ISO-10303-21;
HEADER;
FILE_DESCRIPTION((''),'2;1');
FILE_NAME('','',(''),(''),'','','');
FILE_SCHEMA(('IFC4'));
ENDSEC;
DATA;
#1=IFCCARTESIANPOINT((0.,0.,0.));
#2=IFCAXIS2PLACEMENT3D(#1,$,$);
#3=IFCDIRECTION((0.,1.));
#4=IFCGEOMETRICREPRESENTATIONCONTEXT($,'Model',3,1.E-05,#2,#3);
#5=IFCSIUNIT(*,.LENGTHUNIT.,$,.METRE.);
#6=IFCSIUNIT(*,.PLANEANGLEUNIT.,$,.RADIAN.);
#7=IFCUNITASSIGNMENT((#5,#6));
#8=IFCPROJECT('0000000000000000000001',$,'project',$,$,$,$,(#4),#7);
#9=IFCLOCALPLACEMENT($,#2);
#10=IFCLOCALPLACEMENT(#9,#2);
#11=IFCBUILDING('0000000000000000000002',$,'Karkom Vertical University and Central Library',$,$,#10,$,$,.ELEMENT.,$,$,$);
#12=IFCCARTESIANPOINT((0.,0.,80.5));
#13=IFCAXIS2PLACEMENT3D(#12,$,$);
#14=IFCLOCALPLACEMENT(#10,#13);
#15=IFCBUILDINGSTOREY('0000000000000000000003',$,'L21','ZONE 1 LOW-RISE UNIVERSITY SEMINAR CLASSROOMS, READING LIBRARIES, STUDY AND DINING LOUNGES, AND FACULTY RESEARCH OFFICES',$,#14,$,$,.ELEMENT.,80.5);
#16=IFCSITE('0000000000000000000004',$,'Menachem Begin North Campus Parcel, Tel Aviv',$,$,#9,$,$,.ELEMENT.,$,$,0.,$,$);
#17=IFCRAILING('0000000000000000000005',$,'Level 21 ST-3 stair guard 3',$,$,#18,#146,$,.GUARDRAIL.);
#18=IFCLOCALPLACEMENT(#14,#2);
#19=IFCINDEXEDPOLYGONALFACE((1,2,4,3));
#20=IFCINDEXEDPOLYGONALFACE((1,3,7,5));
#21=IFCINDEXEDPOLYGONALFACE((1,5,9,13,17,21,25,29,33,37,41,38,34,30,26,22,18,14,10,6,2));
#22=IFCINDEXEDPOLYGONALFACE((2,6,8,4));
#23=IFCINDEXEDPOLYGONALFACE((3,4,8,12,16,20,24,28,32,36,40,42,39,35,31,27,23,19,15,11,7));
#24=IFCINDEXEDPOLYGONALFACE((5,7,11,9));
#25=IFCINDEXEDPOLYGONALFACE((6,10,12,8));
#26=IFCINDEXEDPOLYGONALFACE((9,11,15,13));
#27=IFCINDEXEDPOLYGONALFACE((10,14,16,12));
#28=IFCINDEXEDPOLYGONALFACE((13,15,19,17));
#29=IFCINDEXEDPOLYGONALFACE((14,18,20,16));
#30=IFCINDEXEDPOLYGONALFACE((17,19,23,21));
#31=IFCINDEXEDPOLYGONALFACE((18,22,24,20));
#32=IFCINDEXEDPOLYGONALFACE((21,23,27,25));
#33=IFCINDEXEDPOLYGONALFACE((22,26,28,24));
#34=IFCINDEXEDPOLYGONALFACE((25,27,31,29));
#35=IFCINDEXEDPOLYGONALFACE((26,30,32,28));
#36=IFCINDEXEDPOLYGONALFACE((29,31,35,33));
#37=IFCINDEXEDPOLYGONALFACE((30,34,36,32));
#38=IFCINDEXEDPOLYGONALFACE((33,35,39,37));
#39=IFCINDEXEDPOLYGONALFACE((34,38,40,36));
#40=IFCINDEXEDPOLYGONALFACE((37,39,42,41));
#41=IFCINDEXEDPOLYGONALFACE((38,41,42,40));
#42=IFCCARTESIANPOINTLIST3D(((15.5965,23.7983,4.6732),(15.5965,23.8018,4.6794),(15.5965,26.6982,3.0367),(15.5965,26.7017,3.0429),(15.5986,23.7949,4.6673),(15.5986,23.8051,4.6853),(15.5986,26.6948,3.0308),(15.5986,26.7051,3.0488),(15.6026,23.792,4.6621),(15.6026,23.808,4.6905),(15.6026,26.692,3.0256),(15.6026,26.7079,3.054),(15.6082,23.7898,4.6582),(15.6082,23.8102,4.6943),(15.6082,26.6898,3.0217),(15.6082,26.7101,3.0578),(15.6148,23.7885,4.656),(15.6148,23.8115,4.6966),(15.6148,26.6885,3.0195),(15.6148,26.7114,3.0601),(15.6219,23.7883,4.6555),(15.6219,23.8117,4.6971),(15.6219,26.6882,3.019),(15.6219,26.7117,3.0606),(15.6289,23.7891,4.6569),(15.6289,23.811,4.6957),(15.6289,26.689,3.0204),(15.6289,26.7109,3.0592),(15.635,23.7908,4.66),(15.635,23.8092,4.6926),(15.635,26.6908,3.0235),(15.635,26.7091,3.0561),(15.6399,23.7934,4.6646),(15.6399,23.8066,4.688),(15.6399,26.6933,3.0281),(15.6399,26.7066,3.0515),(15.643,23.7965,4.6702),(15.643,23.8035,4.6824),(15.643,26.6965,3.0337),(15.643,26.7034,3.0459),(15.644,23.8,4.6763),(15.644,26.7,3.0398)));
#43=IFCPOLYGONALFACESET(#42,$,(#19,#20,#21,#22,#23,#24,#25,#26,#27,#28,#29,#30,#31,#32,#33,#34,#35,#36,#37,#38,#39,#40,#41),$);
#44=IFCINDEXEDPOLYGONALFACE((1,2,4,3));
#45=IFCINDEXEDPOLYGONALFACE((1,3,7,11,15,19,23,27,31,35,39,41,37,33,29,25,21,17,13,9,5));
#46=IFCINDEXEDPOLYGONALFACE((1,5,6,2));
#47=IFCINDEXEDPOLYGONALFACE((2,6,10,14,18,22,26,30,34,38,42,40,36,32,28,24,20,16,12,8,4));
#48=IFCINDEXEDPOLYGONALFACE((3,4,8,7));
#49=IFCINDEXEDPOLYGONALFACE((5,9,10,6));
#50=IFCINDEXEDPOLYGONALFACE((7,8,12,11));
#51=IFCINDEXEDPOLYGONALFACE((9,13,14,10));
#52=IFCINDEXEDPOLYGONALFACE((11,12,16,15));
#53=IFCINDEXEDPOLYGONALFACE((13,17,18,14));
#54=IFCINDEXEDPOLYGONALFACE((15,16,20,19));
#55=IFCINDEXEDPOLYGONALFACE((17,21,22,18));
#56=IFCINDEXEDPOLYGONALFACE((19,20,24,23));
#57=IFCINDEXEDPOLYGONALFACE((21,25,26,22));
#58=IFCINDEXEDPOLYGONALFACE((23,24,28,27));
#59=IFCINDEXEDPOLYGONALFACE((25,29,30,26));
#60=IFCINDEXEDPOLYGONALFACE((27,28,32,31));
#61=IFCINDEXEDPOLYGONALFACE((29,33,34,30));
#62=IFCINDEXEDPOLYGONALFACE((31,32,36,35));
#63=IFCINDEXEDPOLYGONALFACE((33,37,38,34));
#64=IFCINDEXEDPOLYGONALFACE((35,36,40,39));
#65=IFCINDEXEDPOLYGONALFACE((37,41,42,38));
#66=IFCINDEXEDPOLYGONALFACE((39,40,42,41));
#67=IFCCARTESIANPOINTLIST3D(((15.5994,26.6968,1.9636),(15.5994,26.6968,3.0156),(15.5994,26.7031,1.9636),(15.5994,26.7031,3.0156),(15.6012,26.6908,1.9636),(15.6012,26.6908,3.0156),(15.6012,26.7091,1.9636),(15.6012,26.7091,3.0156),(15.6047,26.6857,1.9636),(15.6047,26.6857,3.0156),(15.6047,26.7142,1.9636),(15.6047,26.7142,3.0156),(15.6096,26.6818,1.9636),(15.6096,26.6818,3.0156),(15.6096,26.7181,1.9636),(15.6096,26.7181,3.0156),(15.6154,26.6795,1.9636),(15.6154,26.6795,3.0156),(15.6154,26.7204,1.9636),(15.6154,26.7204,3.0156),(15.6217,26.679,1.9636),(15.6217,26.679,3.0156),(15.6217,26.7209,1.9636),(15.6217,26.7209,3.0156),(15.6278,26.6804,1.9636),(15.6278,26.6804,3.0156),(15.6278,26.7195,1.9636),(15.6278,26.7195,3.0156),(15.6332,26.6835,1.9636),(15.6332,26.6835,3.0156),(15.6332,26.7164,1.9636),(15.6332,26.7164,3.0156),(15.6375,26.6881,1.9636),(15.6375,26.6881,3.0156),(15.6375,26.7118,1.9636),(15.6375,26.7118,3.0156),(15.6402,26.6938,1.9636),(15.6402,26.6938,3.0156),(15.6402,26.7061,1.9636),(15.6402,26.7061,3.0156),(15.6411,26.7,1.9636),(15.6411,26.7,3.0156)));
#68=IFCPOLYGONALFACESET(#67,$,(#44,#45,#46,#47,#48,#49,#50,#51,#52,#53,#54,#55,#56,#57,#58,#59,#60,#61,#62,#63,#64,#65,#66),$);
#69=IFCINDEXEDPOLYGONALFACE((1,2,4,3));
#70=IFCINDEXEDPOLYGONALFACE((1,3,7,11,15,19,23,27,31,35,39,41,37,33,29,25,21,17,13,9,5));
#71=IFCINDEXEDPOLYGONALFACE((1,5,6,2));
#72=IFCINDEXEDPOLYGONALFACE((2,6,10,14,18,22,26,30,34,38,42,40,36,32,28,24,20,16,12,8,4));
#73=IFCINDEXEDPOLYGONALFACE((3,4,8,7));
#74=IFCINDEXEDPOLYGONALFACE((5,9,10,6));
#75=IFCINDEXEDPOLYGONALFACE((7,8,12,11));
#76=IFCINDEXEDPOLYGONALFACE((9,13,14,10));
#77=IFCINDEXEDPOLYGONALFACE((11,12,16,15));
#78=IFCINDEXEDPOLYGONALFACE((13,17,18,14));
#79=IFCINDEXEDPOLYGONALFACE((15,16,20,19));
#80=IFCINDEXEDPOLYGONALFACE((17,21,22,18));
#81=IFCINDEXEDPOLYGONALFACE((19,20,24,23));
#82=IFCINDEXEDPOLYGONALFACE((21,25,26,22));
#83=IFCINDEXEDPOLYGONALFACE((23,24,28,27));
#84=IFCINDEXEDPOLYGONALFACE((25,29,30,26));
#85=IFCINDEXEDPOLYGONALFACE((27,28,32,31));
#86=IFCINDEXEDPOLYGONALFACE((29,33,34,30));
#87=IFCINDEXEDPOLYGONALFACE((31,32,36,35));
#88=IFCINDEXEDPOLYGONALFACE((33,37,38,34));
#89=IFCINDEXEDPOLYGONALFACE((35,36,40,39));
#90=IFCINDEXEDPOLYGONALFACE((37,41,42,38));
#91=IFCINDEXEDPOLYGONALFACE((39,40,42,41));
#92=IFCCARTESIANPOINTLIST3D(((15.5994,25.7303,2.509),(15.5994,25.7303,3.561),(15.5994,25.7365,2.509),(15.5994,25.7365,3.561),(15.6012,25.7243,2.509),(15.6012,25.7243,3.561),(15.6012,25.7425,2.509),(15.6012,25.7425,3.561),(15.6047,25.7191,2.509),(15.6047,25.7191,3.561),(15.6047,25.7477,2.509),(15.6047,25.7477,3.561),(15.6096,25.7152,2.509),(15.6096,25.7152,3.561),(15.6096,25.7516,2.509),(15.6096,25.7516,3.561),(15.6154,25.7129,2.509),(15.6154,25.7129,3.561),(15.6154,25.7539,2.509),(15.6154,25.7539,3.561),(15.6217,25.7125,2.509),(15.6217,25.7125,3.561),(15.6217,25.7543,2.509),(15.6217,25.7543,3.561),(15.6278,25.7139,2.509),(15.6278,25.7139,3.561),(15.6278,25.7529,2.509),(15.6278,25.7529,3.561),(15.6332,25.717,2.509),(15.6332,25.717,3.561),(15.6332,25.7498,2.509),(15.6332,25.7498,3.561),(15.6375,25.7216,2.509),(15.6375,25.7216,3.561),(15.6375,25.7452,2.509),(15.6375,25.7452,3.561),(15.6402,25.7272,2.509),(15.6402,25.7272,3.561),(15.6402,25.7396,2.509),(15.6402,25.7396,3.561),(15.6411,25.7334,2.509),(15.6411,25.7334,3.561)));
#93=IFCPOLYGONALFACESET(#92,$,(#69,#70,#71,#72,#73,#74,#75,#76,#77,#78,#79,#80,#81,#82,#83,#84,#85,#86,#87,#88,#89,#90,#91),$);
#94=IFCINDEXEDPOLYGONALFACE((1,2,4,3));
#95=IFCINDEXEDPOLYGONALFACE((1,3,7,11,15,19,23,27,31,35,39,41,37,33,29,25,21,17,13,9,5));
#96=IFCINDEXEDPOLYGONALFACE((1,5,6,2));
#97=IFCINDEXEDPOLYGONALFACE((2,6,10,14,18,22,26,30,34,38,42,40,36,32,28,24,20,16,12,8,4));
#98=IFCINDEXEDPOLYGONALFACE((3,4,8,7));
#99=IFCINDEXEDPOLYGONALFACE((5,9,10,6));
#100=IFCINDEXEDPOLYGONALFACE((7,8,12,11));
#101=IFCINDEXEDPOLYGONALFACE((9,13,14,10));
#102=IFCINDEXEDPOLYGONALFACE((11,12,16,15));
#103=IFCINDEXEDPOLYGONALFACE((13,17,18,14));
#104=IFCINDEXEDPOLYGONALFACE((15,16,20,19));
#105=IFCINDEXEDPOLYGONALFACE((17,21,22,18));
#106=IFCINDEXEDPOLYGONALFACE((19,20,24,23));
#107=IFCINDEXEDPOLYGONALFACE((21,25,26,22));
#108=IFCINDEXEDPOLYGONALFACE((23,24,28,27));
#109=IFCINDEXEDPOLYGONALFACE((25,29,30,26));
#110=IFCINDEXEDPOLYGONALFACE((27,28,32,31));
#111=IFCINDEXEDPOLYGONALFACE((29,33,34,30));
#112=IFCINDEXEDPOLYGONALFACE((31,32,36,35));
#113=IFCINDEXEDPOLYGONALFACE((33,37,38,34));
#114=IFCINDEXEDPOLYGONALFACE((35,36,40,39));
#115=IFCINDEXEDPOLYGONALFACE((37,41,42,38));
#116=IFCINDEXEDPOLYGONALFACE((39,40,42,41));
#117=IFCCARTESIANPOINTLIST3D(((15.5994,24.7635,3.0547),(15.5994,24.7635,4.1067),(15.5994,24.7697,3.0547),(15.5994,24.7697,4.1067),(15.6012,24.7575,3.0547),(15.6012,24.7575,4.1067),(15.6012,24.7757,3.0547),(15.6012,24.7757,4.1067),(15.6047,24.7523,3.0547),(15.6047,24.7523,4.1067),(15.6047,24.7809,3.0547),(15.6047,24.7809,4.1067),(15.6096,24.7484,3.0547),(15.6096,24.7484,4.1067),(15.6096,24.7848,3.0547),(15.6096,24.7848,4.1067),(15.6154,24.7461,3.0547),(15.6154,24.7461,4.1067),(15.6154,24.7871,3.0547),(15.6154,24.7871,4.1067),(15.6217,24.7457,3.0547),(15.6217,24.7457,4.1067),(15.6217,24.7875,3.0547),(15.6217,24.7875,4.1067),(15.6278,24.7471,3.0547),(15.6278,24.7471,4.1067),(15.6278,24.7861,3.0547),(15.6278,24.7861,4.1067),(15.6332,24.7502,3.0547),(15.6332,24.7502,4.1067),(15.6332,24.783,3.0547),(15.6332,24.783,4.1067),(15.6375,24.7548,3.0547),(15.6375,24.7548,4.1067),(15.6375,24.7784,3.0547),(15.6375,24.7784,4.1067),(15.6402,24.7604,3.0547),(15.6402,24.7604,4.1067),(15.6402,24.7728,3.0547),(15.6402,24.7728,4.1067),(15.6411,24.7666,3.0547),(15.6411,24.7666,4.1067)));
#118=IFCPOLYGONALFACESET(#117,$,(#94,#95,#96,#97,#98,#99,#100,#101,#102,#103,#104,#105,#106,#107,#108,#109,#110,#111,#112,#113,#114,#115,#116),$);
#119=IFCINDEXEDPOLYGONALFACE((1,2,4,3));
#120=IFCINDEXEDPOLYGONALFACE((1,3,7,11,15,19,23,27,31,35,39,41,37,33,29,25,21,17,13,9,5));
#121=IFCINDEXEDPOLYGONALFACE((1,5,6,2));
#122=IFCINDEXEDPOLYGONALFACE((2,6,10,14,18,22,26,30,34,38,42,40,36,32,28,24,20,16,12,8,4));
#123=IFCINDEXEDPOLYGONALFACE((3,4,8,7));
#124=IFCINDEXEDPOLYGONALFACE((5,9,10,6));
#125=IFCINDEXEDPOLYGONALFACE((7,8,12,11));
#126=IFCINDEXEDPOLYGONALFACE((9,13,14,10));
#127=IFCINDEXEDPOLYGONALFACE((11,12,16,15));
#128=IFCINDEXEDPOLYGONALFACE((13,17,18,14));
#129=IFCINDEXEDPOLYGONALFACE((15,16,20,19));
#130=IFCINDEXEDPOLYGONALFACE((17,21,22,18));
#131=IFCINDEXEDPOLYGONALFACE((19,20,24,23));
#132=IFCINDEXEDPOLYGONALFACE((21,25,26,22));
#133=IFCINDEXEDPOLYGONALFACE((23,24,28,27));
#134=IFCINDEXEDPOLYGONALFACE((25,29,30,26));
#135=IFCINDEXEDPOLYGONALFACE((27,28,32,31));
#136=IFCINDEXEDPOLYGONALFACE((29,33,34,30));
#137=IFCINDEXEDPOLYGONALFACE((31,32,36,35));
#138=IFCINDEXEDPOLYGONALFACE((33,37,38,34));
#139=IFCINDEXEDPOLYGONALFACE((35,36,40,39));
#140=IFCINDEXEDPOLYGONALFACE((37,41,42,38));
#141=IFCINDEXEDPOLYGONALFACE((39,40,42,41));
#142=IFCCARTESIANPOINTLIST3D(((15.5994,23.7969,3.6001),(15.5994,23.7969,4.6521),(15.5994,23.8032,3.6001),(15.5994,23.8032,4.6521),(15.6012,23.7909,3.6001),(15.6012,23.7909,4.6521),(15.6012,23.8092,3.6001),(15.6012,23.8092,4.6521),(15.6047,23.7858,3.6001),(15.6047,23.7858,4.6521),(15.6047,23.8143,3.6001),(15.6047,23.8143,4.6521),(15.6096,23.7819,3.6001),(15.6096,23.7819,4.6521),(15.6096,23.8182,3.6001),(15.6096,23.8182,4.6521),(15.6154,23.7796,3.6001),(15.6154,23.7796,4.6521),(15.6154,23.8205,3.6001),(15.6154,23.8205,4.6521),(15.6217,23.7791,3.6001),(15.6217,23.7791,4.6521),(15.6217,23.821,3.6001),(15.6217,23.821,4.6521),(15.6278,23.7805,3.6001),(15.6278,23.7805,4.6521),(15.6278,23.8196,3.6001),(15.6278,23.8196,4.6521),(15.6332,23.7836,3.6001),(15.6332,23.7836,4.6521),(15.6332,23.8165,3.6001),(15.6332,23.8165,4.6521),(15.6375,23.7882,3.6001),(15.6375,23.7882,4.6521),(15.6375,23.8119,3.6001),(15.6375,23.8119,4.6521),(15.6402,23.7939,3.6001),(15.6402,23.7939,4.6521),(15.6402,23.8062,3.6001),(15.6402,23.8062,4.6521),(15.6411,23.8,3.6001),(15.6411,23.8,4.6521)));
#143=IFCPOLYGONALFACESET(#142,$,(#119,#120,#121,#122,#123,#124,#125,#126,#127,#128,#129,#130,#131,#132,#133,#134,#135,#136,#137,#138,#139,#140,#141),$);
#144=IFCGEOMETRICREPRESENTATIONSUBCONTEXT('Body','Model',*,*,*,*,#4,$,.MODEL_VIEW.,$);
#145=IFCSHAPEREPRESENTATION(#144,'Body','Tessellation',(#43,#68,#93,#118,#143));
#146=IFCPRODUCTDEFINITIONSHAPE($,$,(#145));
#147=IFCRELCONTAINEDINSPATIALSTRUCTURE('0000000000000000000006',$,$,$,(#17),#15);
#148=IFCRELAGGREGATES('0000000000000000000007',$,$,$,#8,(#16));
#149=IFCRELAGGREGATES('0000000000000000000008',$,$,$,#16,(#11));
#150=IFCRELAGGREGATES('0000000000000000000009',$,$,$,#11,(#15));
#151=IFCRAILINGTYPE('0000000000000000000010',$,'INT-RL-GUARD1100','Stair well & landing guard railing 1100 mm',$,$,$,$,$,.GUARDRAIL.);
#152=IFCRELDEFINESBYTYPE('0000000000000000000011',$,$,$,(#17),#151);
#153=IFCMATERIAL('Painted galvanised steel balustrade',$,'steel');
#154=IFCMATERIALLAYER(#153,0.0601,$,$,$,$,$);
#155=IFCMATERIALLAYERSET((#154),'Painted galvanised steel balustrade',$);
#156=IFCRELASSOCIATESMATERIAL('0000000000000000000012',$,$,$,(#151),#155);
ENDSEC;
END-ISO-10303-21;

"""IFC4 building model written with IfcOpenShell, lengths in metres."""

from ifc_helpers import new_model, si_unit, direction, frame, origin, origin_2d, place, context, subcontext, project, spatial, circle, extrude, material, layer, layer_set, type_object, element, save


model = new_model("IFC4")

# Units and contexts
model_context = context("Model", 3, precision=1e-05, world=origin(), true_north=direction((0.0, 1.0)))
body_context = subcontext(model_context, "Body", "Model", "MODEL_VIEW")
ifc_project = project(units=[si_unit("LENGTHUNIT", "METRE"), si_unit("PLANEANGLEUNIT", "RADIAN")], contexts=[model_context])

# Site, building, storey
site_placement = place(None, origin())
site = spatial("IfcSite", under=ifc_project, at=site_placement, Name="Menachem Begin North Campus Parcel, Tel Aviv", CompositionType="ELEMENT", RefElevation=0.0)
building_placement = place(site_placement, origin())
building = spatial("IfcBuilding", under=site, at=building_placement, Name="Karkom Vertical University and Central Library", CompositionType="ELEMENT")
storey_placement = place(building_placement, frame((0.0, 0.0, 80.5)))
storey = spatial("IfcBuildingStorey", under=building, at=storey_placement, Name="L21", Description="ZONE 1 LOW-RISE UNIVERSITY SEMINAR CLASSROOMS, READING LIBRARIES, STUDY AND DINING LOUNGES, AND FACULTY RESEARCH OFFICES", CompositionType="ELEMENT", Elevation=80.5)

# Railing
ifc_material_1 = material(Name="Painted galvanised steel balustrade", Category="steel")
ifc_layer_1 = layer(ifc_material_1, 0.0601)
ifc_layer_set_1 = layer_set([ifc_layer_1], Name="Painted galvanised steel balustrade")
railing_type_1 = type_object("IfcRailingType", Name="INT-RL-GUARD1100", Description="Stair well & landing guard railing 1100 mm", PredefinedType="GUARDRAIL", material=ifc_layer_set_1)
railing_1_placement = place(storey_placement, frame((15.6201, 26.7, 1.9636)))
element("IfcRailing", 1, at=railing_1_placement, inside=storey, type_object=railing_type_1, Name="Level 21 ST-3 stair guard 3", PredefinedType="GUARDRAIL", context=body_context, shape_type="SweptSolid", body=[
    extrude(circle(Radius=0.0239, at=origin_2d()), frame((0.0, 0.0, 1.0762), z_axis=(0.0, -0.870897, 0.491465), x_axis=(1.0, 0.0, 0.0)), (0.0, 0.0, 1.0), 3.3298),
    extrude(circle(Radius=0.021, at=origin_2d()), origin(), (0.0, 0.0, 1.0), 1.052),
    extrude(circle(Radius=0.021, at=origin_2d()), frame((0.0, -0.9666, 0.5454)), (0.0, 0.0, 1.0), 1.052),
    extrude(circle(Radius=0.021, at=origin_2d()), frame((0.0, -1.9333, 1.0911)), (0.0, 0.0, 1.0), 1.052),
    extrude(circle(Radius=0.021, at=origin_2d()), frame((0.0, -2.8999, 1.6365)), (0.0, 0.0, 1.0), 1.052),
])

save(model, "model.ifc")
